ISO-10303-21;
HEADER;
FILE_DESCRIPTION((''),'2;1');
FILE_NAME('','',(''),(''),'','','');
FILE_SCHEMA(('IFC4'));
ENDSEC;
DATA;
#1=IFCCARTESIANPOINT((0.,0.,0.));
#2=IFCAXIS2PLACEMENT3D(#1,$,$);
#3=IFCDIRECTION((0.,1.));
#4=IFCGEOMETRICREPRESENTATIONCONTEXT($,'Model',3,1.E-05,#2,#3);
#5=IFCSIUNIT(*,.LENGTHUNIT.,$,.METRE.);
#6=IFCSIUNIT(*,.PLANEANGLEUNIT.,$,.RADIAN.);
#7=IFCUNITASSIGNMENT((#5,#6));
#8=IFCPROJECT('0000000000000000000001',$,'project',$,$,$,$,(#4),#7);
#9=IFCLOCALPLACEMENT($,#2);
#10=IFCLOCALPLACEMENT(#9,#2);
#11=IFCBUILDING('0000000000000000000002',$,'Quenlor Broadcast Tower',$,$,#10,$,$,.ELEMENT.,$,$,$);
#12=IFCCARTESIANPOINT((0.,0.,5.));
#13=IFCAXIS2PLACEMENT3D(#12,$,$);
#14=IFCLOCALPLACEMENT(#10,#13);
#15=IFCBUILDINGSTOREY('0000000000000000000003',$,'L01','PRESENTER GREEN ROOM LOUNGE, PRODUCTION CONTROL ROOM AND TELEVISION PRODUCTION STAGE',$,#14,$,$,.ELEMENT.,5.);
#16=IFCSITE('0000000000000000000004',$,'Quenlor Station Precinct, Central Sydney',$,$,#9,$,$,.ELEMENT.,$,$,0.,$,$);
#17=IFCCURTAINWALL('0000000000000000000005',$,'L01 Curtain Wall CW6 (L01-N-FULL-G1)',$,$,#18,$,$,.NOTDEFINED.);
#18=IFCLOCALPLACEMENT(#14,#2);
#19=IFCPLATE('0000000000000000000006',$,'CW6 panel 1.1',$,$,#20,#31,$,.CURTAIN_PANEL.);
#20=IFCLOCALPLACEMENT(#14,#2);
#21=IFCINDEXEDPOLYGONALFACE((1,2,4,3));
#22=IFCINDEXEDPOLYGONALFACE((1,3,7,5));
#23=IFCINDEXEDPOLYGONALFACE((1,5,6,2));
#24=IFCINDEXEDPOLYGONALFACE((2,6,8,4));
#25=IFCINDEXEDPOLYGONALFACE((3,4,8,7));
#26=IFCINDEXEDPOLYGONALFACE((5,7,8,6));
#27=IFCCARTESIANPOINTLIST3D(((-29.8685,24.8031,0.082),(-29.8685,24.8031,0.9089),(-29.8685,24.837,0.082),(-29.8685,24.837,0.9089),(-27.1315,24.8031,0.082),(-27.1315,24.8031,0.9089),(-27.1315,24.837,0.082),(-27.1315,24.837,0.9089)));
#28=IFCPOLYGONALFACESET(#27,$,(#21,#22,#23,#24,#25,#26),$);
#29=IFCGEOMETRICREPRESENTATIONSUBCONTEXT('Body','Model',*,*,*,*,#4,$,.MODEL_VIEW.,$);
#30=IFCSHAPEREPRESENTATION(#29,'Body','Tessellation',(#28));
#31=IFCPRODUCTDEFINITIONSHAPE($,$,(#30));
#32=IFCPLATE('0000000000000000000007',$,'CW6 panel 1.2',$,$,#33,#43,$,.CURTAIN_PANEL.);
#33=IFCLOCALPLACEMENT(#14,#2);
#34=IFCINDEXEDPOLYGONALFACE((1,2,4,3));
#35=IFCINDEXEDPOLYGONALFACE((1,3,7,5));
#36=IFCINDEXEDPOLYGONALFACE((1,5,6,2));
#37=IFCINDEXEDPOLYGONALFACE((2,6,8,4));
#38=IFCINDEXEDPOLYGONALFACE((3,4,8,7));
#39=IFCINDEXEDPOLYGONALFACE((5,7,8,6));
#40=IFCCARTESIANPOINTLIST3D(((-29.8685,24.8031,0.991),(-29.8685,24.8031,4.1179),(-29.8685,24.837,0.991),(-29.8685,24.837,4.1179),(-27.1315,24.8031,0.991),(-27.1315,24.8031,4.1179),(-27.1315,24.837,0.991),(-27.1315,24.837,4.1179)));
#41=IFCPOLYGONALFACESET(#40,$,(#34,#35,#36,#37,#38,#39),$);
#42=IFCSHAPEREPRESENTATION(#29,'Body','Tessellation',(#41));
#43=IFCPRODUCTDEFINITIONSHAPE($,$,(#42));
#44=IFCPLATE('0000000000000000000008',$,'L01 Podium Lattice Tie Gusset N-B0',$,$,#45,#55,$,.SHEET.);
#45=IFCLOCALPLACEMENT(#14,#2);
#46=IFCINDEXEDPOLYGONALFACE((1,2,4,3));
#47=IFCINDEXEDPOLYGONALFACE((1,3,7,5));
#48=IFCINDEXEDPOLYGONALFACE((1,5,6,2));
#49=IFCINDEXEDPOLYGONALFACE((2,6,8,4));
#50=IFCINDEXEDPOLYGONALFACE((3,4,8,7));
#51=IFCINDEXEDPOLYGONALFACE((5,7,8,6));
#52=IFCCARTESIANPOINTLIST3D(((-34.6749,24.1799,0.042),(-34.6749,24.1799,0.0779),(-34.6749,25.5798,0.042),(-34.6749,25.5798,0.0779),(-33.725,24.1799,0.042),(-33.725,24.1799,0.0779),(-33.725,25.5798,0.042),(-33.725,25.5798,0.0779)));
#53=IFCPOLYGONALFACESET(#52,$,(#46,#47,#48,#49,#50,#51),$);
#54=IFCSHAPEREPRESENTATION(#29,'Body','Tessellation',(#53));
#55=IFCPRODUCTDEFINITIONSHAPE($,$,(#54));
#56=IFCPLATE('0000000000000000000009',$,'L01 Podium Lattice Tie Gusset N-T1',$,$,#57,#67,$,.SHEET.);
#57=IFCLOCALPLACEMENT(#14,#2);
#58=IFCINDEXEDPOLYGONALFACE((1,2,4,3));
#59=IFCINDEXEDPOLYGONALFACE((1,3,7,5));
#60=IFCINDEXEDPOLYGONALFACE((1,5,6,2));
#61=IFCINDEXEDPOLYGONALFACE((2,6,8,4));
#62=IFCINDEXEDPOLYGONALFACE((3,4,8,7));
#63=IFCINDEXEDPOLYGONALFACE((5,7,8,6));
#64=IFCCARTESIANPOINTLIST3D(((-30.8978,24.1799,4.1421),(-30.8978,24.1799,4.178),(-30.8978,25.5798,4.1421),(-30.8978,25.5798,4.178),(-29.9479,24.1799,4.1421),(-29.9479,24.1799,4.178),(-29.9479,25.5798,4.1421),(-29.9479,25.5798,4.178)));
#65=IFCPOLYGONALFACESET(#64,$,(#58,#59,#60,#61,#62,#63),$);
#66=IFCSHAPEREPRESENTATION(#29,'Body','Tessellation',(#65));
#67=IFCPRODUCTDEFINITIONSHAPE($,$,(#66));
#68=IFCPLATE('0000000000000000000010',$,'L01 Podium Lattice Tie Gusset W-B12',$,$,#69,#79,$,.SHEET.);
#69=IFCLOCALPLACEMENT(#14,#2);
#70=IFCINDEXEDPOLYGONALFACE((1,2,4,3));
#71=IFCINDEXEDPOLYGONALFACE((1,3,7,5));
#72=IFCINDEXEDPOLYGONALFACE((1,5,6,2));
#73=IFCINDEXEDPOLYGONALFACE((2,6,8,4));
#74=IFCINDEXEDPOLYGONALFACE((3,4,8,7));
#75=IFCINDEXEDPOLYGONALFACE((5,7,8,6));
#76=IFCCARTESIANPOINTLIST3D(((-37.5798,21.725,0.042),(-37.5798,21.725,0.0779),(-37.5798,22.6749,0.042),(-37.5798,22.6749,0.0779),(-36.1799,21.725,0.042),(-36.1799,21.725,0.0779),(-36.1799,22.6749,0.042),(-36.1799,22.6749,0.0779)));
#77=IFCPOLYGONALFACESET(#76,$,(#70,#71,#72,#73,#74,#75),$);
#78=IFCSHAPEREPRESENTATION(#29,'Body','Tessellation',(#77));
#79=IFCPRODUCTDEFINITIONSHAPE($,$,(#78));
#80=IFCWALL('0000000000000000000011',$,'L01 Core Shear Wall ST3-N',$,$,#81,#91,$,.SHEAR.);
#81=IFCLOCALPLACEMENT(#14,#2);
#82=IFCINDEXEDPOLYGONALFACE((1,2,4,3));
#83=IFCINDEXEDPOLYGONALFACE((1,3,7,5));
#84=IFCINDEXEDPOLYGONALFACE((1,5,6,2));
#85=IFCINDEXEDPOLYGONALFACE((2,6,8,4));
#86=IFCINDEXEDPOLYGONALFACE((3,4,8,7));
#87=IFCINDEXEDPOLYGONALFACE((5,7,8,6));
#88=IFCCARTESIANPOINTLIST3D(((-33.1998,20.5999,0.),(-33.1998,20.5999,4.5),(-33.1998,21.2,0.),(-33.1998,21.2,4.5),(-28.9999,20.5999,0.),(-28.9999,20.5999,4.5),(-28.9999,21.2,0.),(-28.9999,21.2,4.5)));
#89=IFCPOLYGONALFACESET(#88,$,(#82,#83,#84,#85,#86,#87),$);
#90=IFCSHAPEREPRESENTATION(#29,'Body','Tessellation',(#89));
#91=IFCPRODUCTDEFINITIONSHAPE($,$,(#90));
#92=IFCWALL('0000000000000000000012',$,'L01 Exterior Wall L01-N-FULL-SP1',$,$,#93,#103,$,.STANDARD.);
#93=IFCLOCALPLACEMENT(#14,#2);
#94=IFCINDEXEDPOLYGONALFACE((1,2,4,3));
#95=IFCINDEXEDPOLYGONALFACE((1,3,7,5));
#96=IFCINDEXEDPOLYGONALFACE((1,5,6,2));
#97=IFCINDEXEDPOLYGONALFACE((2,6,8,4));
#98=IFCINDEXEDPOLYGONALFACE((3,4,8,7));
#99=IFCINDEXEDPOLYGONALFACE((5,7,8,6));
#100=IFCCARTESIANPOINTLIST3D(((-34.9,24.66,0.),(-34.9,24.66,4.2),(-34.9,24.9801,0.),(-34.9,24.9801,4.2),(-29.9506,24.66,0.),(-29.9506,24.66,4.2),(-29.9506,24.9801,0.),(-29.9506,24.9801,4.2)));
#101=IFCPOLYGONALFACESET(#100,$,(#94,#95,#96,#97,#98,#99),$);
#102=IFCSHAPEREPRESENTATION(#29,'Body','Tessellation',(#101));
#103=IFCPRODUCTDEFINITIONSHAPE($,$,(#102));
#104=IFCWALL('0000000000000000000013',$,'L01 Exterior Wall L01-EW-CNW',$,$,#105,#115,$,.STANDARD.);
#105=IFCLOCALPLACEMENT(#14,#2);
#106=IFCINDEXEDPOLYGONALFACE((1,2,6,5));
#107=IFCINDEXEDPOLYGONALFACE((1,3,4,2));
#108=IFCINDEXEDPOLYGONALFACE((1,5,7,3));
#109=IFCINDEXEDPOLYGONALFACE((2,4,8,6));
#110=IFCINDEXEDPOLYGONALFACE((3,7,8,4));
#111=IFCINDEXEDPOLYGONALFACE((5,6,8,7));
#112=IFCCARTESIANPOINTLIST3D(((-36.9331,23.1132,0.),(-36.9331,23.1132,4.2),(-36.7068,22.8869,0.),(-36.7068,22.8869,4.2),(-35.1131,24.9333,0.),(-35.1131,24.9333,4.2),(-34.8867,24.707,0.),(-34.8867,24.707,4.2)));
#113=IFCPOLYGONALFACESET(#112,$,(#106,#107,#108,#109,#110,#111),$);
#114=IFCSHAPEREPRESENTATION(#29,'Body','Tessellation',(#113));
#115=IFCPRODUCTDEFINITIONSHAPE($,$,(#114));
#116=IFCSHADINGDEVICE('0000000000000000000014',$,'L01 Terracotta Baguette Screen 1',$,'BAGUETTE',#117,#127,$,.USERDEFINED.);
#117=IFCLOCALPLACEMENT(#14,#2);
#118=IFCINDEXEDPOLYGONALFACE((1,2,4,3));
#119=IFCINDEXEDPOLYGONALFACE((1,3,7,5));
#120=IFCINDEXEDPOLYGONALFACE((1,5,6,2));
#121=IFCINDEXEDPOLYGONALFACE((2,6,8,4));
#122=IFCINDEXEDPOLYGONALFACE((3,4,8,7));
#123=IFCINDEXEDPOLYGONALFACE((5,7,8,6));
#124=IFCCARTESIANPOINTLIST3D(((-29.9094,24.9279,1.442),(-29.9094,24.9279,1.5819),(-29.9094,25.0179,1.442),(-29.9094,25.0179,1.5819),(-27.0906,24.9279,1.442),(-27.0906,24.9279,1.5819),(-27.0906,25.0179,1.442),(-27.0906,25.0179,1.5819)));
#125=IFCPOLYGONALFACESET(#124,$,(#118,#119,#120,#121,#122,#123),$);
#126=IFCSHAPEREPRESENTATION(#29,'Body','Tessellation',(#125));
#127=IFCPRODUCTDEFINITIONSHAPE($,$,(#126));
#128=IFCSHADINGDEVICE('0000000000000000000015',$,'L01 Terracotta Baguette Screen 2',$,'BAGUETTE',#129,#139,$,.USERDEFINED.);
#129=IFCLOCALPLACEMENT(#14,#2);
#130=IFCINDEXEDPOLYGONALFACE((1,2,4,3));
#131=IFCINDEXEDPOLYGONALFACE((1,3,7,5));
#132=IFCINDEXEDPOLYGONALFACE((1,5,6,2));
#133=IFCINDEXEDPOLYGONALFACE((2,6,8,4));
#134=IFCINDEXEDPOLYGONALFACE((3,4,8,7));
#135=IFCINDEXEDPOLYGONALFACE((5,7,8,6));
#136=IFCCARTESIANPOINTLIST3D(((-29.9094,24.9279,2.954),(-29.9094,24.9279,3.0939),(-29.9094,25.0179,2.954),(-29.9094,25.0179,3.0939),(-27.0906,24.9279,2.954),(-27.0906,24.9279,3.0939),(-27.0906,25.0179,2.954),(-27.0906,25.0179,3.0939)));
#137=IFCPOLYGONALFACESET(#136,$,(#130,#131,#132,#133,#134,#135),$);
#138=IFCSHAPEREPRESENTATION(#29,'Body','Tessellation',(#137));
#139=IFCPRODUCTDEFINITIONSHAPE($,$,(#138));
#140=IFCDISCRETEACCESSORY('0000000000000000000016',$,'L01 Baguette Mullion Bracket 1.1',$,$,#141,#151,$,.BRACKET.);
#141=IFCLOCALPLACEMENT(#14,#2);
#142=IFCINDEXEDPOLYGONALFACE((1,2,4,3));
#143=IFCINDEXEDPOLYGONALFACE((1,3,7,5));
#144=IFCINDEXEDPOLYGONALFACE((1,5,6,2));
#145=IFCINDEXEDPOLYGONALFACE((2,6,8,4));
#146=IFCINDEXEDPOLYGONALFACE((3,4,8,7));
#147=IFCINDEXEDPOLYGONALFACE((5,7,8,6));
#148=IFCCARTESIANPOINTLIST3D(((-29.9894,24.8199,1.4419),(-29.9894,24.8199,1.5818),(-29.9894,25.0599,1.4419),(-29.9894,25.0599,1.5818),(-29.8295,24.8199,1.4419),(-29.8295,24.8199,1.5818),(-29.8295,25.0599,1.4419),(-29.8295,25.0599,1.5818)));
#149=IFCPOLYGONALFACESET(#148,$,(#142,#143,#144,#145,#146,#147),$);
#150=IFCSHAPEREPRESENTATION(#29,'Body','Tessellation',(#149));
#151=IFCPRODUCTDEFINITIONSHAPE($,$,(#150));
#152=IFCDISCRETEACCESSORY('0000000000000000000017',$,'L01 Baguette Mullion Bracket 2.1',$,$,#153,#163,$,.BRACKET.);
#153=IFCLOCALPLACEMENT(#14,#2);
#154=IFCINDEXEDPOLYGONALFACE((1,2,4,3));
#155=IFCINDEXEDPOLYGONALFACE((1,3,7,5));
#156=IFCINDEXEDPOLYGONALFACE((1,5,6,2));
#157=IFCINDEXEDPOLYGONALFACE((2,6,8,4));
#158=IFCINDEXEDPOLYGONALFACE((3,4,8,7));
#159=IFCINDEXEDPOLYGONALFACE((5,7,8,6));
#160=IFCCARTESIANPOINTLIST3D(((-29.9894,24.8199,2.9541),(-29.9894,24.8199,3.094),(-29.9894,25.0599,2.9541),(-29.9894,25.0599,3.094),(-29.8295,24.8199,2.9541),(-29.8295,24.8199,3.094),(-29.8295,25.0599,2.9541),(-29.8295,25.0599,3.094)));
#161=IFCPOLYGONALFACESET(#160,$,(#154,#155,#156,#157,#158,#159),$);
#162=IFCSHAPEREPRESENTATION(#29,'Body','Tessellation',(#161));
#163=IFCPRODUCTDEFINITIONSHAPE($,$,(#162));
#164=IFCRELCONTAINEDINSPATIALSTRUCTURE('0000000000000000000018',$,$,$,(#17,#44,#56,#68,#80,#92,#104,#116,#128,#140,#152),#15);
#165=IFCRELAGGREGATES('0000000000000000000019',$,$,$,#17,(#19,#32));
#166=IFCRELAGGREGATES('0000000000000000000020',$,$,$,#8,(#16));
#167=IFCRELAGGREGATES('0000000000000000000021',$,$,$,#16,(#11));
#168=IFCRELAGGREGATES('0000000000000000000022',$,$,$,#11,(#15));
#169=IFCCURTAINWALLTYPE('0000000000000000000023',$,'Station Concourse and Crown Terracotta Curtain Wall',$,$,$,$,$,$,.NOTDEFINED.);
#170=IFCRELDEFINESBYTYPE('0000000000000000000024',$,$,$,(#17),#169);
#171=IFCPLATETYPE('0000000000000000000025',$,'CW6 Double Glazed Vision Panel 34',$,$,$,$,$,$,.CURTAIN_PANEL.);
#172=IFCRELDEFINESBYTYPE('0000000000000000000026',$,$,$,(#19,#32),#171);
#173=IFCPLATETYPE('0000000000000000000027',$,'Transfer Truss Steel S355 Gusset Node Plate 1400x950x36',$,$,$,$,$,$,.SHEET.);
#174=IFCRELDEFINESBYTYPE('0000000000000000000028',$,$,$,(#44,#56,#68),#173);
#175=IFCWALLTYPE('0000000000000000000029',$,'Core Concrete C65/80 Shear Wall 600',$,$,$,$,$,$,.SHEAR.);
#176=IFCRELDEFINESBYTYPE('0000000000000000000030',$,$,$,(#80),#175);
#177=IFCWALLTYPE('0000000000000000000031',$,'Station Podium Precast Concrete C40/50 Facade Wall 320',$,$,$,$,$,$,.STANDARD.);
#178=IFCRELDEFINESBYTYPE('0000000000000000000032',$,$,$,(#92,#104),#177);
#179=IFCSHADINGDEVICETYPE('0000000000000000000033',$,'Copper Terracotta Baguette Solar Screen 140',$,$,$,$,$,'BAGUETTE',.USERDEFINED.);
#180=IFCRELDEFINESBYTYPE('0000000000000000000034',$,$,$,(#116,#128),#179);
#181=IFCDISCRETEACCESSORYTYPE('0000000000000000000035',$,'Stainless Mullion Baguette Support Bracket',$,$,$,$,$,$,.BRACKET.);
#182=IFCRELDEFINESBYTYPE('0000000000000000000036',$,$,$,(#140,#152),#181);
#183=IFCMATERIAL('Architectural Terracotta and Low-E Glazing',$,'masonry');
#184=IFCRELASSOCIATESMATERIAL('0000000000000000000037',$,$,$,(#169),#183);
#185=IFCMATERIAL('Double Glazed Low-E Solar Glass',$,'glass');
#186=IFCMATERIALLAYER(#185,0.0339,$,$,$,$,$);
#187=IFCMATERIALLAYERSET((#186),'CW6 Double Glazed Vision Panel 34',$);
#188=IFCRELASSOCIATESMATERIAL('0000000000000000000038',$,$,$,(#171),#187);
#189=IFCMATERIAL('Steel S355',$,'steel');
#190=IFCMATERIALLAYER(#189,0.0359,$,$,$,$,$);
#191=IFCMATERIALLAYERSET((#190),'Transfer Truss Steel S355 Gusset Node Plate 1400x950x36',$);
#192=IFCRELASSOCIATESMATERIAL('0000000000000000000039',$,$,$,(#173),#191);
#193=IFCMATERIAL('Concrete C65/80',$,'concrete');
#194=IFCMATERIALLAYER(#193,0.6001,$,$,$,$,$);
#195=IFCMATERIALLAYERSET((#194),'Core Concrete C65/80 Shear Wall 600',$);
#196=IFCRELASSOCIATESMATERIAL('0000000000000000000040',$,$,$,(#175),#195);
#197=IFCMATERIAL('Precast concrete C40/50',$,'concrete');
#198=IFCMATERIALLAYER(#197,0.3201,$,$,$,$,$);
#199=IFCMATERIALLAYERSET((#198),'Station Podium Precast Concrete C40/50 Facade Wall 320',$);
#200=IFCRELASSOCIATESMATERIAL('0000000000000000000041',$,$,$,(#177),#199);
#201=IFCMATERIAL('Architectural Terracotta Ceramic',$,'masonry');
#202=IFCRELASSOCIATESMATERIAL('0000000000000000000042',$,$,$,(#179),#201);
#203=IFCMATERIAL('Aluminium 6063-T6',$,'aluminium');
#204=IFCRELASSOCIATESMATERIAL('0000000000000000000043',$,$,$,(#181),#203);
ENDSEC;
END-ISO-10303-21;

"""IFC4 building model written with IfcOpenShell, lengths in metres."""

from ifc_helpers import new_model, si_unit, direction, frame, frame_2d, origin, origin_2d, place, context, subcontext, project, spatial, rectangle, extrude, material, layer, layer_set, material_profile, profile_set, type_object, element, aggregate, save


model = new_model("IFC4")

# Units and contexts
model_context = context("Model", 3, precision=1e-05, world=origin(), true_north=direction((0.0, 1.0)))
body_context = subcontext(model_context, "Body", "Model", "MODEL_VIEW")
ifc_project = project(units=[si_unit("LENGTHUNIT", "METRE"), si_unit("PLANEANGLEUNIT", "RADIAN")], contexts=[model_context])

# Site, building, storey
site_placement = place(None, origin())
site = spatial("IfcSite", under=ifc_project, at=site_placement, Name="Quenlor Station Precinct, Central Sydney", CompositionType="ELEMENT", RefElevation=0.0)
building_placement = place(site_placement, origin())
building = spatial("IfcBuilding", under=site, at=building_placement, Name="Quenlor Broadcast Tower", CompositionType="ELEMENT")
storey_placement = place(building_placement, frame((0.0, 0.0, 5.0)))
storey = spatial("IfcBuildingStorey", under=building, at=storey_placement, Name="L01", Description="PRESENTER GREEN ROOM LOUNGE, PRODUCTION CONTROL ROOM AND TELEVISION PRODUCTION STAGE", CompositionType="ELEMENT", Elevation=5.0)

# Curtain wall
ifc_material_1 = material(Name="Architectural Terracotta and Low-E Glazing", Category="masonry")
curtain_wall_type = type_object("IfcCurtainWallType", Name="Station Concourse and Crown Terracotta Curtain Wall", PredefinedType="NOTDEFINED", material=ifc_material_1)
curtain_wall_placement = place(storey_placement, origin())
curtain_wall = element("IfcCurtainWall", 1, at=curtain_wall_placement, inside=storey, type_object=curtain_wall_type, Name="L01 Curtain Wall CW6 (L01-N-FULL-G1)", PredefinedType="NOTDEFINED")

# Plates
ifc_material_2 = material(Name="Double Glazed Low-E Solar Glass", Category="glass")
ifc_layer_1 = layer(ifc_material_2, 0.0339)
ifc_layer_set_1 = layer_set([ifc_layer_1], Name="CW6 Double Glazed Vision Panel 34")
plate_type_1 = type_object("IfcPlateType", Name="CW6 Double Glazed Vision Panel 34", PredefinedType="CURTAIN_PANEL", material=ifc_layer_set_1)
plate_1_placement = place(storey_placement, frame((-28.5, 24.8201, 0.082), z_axis=(0.0, 0.0, 1.0), x_axis=(1.0, 0.0, 0.0)))
plate_1 = element("IfcPlate", 2, at=plate_1_placement, type_object=plate_type_1, Name="CW6 panel 1.1", PredefinedType="CURTAIN_PANEL", context=body_context, shape_type="SweptSolid", body=[
    extrude(rectangle(XDim=2.7371, YDim=0.0339, at=origin_2d()), origin(), (0.0, 0.0, 1.0), 0.8269),
])
plate_2_placement = place(storey_placement, frame((-28.5, 24.8201, 0.991), z_axis=(0.0, 0.0, 1.0), x_axis=(1.0, 0.0, 0.0)))
plate_2 = element("IfcPlate", 3, at=plate_2_placement, type_object=plate_type_1, Name="CW6 panel 1.2", PredefinedType="CURTAIN_PANEL", context=body_context, shape_type="SweptSolid", body=[
    extrude(rectangle(XDim=2.7371, YDim=0.0339, at=origin_2d()), origin(), (0.0, 0.0, 1.0), 3.127),
])
aggregate(curtain_wall, [plate_1, plate_2])

# Plates
ifc_material_3 = material(Name="Steel S355", Category="steel")
ifc_layer_2 = layer(ifc_material_3, 0.0359)
ifc_layer_set_2 = layer_set([ifc_layer_2], Name="Transfer Truss Steel S355 Gusset Node Plate 1400x950x36")
plate_type_2 = type_object("IfcPlateType", Name="Transfer Truss Steel S355 Gusset Node Plate 1400x950x36", PredefinedType="SHEET", material=ifc_layer_set_2)
for number, where, z_axis, x_axis, name in (
    (4, (-34.2, 24.8799, 0.042), (0.0, 0.0, 1.0), (0.0, 1.0, 0.0), "L01 Podium Lattice Tie Gusset N-B0"),
    (5, (-30.4229, 24.8799, 4.1421), (0.0, 0.0, 1.0), (0.0, 1.0, 0.0), "L01 Podium Lattice Tie Gusset N-T1"),
    (6, (-36.8799, 22.2, 0.042), (0.0, 0.0, 1.0), (-1.0, 0.0, 0.0), "L01 Podium Lattice Tie Gusset W-B12"),
):
    element("IfcPlate", number, at=place(storey_placement, frame(where, z_axis=z_axis, x_axis=x_axis)), inside=storey, type_object=plate_type_2, Name=name, PredefinedType="SHEET", context=body_context, shape_type="SweptSolid", body=[
        extrude(rectangle(XDim=1.3999, YDim=0.95, at=origin_2d()), origin(), (0.0, 0.0, 1.0), 0.0359),
    ])

# Walls
ifc_material_4 = material(Name="Concrete C65/80", Category="concrete")
ifc_layer_3 = layer(ifc_material_4, 0.6001)
ifc_layer_set_3 = layer_set([ifc_layer_3], Name="Core Concrete C65/80 Shear Wall 600")
wall_type_1 = type_object("IfcWallType", Name="Core Concrete C65/80 Shear Wall 600", PredefinedType="SHEAR", material=ifc_layer_set_3)
wall_1_placement = place(storey_placement, frame((-33.2, 20.8999, 0.0), z_axis=(0.0, 0.0, 1.0), x_axis=(1.0, 0.0, 0.0)))
element("IfcWall", 7, at=wall_1_placement, inside=storey, type_object=wall_type_1, Name="L01 Core Shear Wall ST3-N", PredefinedType="SHEAR", context=body_context, shape_type="SweptSolid", body=[
    extrude(rectangle(XDim=4.2, YDim=0.6001, at=frame_2d((2.1001, 0.0))), origin(), (0.0, 0.0, 1.0), 4.5),
])
ifc_material_5 = material(Name="Precast concrete C40/50", Category="concrete")
ifc_layer_4 = layer(ifc_material_5, 0.3201)
ifc_layer_set_4 = layer_set([ifc_layer_4], Name="Station Podium Precast Concrete C40/50 Facade Wall 320")
wall_type_2 = type_object("IfcWallType", Name="Station Podium Precast Concrete C40/50 Facade Wall 320", PredefinedType="STANDARD", material=ifc_layer_set_4)
wall_2_placement = place(storey_placement, frame((-34.8999, 24.8201, 0.0), z_axis=(0.0, 0.0, 1.0), x_axis=(1.0, 0.0, 0.0)))
element("IfcWall", 8, at=wall_2_placement, inside=storey, type_object=wall_type_2, Name="L01 Exterior Wall L01-N-FULL-SP1", PredefinedType="STANDARD", context=body_context, shape_type="SweptSolid", body=[
    extrude(rectangle(XDim=4.9495, YDim=0.3201, at=frame_2d((2.4746, 0.0))), origin(), (0.0, 0.0, 1.0), 4.2),
])
wall_3_placement = place(storey_placement, frame((-36.8201, 23.0, 0.0), z_axis=(0.0, 0.0, 1.0), x_axis=(0.707107, 0.707107, 0.0)))
element("IfcWall", 9, at=wall_3_placement, inside=storey, type_object=wall_type_2, Name="L01 Exterior Wall L01-EW-CNW", PredefinedType="STANDARD", context=body_context, shape_type="SweptSolid", body=[
    extrude(rectangle(XDim=2.574, YDim=0.3201, at=frame_2d((1.2871, 0.0))), origin(), (0.0, 0.0, 1.0), 4.2),
])

# Shading devices
ifc_material_6 = material(Name="Architectural Terracotta Ceramic", Category="masonry")
ifc_material_profile_1 = material_profile(ifc_material_6, rectangle(XDim=0.0901, YDim=0.1399, at=origin_2d()))
ifc_profile_set_1 = profile_set([ifc_material_profile_1], Name="Architectural Terracotta Ceramic BAG90x140")
shading_device_type = type_object("IfcShadingDeviceType", Name="Copper Terracotta Baguette Solar Screen 140", ElementType="BAGUETTE", PredefinedType="USERDEFINED", material=ifc_profile_set_1)
for number, where, z_axis, x_axis, name in (
    (10, (-29.9094, 24.9729, 1.512), (1.0, 0.0, 0.0), (0.0, 1.0, 0.0), "L01 Terracotta Baguette Screen 1"),
    (11, (-29.9094, 24.9729, 3.0239), (1.0, 0.0, 0.0), (0.0, 1.0, 0.0), "L01 Terracotta Baguette Screen 2"),
):
    element("IfcShadingDevice", number, at=place(storey_placement, frame(where, z_axis=z_axis, x_axis=x_axis)), inside=storey, type_object=shading_device_type, Name=name, ObjectType="BAGUETTE", PredefinedType="USERDEFINED", context=body_context, shape_type="SweptSolid", body=[
        extrude(rectangle(XDim=0.0901, YDim=0.1399, at=origin_2d()), origin(), (0.0, 0.0, 1.0), 2.8188),
    ])

# Discrete accessories
ifc_material_7 = material(Name="Aluminium 6063-T6", Category="aluminium")
discrete_accessory_type = type_object("IfcDiscreteAccessoryType", Name="Stainless Mullion Baguette Support Bracket", PredefinedType="BRACKET", material=ifc_material_7)
for number, where, z_axis, x_axis, name in (
    (12, (-29.9094, 24.9399, 1.4419), (0.0, 0.0, 1.0), (1.0, 0.0, 0.0), "L01 Baguette Mullion Bracket 1.1"),
    (13, (-29.9094, 24.9399, 2.9541), (0.0, 0.0, 1.0), (1.0, 0.0, 0.0), "L01 Baguette Mullion Bracket 2.1"),
):
    element("IfcDiscreteAccessory", number, at=place(storey_placement, frame(where, z_axis=z_axis, x_axis=x_axis)), inside=storey, type_object=discrete_accessory_type, Name=name, PredefinedType="BRACKET", context=body_context, shape_type="SweptSolid", body=[
        extrude(rectangle(XDim=0.1599, YDim=0.24, at=origin_2d()), origin(), (0.0, 0.0, 1.0), 0.1399),
    ])

save(model, "model.ifc")
